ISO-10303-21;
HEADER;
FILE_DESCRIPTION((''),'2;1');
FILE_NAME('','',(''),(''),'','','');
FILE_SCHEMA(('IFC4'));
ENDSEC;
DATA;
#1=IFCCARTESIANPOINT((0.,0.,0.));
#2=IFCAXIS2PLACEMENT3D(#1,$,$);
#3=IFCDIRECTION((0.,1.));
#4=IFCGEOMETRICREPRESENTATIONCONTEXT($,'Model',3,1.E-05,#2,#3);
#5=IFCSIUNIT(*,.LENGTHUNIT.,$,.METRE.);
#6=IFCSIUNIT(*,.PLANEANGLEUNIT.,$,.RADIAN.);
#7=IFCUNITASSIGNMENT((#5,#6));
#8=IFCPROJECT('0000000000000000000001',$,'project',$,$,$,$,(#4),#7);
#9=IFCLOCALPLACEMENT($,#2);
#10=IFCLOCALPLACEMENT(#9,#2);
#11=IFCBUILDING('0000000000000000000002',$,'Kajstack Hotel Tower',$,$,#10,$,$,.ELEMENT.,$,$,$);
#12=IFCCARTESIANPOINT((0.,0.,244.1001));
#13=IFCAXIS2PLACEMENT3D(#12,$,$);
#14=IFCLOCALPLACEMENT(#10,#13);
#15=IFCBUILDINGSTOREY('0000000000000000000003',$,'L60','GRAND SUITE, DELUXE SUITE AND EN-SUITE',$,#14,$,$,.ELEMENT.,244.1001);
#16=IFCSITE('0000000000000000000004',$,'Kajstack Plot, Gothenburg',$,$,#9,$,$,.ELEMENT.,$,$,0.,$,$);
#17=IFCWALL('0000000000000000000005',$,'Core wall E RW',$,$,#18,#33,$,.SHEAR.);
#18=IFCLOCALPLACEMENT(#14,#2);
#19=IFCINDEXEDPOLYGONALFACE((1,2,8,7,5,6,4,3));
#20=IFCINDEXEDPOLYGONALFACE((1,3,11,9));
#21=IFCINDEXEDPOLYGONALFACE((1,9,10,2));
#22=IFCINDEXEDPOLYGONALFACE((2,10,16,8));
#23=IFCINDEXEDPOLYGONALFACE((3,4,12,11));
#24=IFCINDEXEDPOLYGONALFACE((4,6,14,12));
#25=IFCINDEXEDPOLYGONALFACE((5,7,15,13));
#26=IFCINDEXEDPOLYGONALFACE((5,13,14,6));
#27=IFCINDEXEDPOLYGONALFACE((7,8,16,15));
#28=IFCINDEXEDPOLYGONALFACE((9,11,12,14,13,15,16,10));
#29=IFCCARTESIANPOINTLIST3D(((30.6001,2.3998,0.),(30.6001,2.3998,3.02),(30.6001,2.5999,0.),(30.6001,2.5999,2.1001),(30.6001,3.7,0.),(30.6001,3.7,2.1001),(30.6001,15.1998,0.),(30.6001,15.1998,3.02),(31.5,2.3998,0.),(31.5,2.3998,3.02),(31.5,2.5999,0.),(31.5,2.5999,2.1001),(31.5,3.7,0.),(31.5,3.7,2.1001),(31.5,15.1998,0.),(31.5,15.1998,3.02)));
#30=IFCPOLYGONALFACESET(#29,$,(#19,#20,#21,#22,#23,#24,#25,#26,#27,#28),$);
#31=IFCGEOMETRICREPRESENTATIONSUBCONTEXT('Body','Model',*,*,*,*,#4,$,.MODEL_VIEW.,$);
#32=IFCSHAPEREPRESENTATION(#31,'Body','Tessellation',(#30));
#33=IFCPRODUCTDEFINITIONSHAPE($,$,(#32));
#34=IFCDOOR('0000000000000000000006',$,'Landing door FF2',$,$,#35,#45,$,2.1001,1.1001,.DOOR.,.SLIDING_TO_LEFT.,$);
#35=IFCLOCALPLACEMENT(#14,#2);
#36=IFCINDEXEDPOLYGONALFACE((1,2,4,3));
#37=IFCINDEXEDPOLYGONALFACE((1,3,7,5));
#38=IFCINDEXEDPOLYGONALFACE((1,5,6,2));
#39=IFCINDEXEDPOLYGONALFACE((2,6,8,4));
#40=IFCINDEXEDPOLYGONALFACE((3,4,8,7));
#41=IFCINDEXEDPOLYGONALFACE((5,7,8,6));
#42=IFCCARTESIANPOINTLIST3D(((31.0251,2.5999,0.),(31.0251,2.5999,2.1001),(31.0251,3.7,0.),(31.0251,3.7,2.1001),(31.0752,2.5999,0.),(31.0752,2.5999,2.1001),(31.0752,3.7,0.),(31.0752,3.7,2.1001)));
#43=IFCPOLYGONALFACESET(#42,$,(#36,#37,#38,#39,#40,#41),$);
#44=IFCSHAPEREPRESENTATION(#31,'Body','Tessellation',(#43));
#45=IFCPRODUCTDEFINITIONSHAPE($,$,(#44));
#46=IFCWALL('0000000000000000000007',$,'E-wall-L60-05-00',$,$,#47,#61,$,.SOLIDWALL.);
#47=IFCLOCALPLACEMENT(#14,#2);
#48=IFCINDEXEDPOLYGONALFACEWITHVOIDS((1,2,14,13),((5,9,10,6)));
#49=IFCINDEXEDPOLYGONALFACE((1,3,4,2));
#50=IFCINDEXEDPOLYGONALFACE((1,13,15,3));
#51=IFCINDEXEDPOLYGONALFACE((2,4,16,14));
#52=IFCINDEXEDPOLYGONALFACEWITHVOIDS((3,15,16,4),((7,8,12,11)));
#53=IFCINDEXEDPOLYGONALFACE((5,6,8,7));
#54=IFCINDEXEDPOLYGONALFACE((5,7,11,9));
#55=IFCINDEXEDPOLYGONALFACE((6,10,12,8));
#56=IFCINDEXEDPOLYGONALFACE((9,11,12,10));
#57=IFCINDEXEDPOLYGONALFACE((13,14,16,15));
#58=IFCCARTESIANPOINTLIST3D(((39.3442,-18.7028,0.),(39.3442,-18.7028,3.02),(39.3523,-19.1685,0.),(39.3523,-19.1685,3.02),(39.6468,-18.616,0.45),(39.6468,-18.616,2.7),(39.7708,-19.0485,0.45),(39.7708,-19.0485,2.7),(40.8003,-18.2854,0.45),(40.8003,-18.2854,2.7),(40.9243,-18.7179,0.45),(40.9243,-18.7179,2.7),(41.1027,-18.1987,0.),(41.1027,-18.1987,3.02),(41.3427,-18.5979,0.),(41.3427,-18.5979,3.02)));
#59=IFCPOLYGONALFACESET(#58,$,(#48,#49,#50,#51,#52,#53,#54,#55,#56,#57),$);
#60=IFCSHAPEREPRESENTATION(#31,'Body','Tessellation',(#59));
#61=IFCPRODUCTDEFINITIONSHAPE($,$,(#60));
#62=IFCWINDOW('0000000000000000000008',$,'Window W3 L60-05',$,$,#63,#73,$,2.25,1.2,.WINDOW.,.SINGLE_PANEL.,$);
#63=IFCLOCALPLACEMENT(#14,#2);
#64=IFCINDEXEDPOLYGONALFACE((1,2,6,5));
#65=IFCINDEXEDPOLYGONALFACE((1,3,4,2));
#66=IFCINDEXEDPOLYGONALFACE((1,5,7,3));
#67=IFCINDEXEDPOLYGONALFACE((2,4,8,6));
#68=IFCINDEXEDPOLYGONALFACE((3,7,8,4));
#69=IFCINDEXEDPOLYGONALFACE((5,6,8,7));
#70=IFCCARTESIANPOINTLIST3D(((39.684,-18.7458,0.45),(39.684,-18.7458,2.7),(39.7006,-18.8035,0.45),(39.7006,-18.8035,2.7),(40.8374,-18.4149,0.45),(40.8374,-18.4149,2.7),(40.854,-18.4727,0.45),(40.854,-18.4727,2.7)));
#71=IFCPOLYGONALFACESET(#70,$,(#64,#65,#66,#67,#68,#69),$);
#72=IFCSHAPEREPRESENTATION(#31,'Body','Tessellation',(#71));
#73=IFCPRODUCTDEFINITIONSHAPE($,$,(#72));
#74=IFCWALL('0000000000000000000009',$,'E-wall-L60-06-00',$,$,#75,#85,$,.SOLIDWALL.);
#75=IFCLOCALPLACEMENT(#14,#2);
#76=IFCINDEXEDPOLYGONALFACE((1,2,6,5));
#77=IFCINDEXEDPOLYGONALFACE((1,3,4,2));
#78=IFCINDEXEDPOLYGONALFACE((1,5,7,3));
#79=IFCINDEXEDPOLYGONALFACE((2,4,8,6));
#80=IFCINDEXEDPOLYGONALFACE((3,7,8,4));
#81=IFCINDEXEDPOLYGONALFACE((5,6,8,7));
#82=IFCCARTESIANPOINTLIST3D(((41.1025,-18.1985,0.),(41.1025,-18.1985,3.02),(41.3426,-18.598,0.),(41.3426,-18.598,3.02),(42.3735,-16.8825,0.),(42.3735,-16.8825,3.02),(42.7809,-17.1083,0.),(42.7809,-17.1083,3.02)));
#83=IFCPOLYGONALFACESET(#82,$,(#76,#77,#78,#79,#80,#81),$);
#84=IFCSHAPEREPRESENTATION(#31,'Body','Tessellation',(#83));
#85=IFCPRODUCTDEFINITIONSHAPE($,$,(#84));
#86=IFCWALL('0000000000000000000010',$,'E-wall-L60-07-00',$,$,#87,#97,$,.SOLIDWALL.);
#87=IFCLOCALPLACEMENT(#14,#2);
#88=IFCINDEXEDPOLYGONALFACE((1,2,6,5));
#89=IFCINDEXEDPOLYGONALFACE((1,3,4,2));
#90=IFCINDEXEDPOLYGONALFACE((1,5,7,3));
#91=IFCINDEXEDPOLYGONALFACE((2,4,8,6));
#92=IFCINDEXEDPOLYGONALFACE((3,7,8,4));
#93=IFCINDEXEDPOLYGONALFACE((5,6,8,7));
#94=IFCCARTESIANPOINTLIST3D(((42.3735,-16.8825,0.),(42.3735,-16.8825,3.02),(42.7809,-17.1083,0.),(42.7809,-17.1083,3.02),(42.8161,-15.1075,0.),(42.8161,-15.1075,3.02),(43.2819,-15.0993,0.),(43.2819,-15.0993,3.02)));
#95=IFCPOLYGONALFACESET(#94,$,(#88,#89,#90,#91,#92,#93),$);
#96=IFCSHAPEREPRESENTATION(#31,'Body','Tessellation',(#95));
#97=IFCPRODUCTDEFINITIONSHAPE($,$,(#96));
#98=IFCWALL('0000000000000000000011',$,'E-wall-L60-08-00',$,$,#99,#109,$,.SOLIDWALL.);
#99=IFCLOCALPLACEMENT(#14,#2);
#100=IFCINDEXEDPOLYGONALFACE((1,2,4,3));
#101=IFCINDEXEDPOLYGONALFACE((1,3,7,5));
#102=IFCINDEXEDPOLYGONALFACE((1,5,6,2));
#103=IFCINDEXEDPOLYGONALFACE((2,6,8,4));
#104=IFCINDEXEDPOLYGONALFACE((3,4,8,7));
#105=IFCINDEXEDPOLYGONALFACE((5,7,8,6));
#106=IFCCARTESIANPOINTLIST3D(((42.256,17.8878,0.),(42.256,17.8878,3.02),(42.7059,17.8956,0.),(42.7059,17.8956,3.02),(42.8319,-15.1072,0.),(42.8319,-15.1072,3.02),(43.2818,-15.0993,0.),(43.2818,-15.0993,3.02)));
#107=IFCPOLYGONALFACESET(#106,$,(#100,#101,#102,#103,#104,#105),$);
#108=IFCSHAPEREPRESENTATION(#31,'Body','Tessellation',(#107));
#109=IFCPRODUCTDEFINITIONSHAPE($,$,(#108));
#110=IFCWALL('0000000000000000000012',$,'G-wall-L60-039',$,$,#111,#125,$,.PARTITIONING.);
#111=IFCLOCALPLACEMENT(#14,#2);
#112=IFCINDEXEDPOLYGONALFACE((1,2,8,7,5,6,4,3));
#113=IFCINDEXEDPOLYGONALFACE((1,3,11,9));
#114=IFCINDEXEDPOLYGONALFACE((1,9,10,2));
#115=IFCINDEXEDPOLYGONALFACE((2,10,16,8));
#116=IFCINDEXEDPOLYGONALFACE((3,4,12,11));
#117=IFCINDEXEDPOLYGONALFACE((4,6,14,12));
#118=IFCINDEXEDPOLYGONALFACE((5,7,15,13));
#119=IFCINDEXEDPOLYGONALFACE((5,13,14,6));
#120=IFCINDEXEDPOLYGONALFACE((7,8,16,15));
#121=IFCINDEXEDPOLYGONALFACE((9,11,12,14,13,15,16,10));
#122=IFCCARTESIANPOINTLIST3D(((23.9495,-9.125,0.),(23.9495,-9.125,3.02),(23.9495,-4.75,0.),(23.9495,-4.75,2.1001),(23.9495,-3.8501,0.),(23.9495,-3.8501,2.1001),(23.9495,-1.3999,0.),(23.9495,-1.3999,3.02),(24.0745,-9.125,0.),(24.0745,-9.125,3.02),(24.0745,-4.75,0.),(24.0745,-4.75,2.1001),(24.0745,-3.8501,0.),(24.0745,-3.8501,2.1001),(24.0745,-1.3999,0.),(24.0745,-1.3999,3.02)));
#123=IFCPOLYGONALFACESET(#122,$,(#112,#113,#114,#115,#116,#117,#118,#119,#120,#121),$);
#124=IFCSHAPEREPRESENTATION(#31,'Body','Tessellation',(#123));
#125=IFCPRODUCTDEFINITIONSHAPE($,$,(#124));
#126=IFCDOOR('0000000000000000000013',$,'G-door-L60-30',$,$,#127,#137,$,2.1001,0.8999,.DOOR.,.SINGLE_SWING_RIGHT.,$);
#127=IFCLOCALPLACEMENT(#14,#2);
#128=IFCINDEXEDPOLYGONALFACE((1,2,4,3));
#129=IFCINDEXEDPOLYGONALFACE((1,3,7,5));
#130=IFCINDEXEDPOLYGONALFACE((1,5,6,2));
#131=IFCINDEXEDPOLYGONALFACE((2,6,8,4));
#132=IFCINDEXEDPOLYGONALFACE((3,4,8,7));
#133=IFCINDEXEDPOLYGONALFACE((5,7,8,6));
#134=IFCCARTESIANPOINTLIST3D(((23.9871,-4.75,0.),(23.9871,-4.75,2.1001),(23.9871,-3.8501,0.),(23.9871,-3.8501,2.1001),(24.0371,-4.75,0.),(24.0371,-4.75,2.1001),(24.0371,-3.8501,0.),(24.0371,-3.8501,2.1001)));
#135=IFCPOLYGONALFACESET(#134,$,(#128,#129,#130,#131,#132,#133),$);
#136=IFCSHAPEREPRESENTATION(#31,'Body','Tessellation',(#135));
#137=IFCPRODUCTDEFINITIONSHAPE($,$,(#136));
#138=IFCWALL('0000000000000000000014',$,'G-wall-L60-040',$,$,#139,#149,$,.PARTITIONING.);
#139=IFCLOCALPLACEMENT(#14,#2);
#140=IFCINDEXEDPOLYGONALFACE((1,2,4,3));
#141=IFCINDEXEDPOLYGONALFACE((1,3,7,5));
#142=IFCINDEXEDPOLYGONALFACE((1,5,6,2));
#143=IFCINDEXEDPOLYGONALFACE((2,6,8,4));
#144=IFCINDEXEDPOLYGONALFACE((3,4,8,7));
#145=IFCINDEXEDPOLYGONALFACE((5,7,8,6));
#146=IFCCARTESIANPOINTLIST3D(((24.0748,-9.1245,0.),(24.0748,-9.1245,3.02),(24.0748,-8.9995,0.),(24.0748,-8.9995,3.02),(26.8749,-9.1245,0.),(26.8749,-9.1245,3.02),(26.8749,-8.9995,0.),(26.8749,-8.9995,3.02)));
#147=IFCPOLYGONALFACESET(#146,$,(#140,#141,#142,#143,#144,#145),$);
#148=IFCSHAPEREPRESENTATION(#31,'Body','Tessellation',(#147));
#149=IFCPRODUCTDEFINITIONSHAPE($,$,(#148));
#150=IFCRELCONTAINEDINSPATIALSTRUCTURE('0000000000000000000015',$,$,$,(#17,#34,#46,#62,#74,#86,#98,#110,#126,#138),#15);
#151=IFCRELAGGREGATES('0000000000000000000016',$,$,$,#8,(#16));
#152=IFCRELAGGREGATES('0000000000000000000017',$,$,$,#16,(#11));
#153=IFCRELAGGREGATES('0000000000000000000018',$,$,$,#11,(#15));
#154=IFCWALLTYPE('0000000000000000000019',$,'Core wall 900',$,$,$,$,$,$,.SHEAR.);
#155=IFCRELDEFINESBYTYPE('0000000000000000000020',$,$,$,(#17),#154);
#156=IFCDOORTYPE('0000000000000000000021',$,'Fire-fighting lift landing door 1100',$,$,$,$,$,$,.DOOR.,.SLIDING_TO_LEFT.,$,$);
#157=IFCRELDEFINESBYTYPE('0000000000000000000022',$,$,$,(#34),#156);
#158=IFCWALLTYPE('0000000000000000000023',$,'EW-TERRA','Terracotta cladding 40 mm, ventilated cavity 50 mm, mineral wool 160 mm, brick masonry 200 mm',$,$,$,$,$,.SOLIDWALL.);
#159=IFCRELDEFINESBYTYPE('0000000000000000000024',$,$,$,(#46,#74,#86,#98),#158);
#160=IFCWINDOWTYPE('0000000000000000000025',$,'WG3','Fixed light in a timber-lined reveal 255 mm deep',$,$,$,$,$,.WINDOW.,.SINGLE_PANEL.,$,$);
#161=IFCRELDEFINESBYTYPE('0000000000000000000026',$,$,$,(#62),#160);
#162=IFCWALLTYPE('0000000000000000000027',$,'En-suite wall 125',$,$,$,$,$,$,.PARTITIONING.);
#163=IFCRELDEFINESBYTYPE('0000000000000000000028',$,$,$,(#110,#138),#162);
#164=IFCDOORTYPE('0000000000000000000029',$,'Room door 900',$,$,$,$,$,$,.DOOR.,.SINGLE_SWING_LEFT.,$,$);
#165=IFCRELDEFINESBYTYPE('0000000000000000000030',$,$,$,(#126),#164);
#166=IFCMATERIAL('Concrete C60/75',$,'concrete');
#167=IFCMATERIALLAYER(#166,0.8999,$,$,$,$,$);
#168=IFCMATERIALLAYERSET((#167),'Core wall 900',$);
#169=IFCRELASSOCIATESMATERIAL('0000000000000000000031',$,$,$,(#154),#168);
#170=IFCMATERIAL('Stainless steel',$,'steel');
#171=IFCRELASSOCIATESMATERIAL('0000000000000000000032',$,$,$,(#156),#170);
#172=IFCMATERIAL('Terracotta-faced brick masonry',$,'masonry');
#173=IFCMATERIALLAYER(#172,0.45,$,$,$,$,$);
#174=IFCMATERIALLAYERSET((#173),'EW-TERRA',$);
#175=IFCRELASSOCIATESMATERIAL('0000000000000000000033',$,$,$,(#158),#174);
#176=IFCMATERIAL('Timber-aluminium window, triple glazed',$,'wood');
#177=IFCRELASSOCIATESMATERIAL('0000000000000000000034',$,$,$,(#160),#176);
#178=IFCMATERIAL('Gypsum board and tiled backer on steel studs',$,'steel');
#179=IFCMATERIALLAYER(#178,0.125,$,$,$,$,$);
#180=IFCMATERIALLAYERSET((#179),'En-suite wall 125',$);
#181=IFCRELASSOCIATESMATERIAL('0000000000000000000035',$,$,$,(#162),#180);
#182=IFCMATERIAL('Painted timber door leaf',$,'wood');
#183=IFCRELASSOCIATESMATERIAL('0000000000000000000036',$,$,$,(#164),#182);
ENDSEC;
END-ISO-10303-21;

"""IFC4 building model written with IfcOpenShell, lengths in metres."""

from ifc_helpers import new_model, si_unit, direction, frame, frame_2d, origin, place, context, subcontext, project, spatial, polyline, rectangle, outline, extrude, material, layer, layer_set, type_object, element, fill, save


model = new_model("IFC4")

# Units and contexts
model_context = context("Model", 3, precision=1e-05, world=origin(), true_north=direction((0.0, 1.0)))
body_context = subcontext(model_context, "Body", "Model", "MODEL_VIEW")
ifc_project = project(units=[si_unit("LENGTHUNIT", "METRE"), si_unit("PLANEANGLEUNIT", "RADIAN")], contexts=[model_context])

# Site, building, storey
site_placement = place(None, origin())
site = spatial("IfcSite", under=ifc_project, at=site_placement, Name="Kajstack Plot, Gothenburg", CompositionType="ELEMENT", RefElevation=0.0)
building_placement = place(site_placement, origin())
building = spatial("IfcBuilding", under=site, at=building_placement, Name="Kajstack Hotel Tower", CompositionType="ELEMENT")
storey_placement = place(building_placement, frame((0.0, 0.0, 244.1001)))
storey = spatial("IfcBuildingStorey", under=building, at=storey_placement, Name="L60", Description="GRAND SUITE, DELUXE SUITE AND EN-SUITE", CompositionType="ELEMENT", Elevation=244.1001)

# Wall, opening, door
ifc_material_1 = material(Name="Concrete C60/75", Category="concrete")
ifc_layer_1 = layer(ifc_material_1, 0.8999)
ifc_layer_set_1 = layer_set([ifc_layer_1], Name="Core wall 900")
wall_type_1 = type_object("IfcWallType", Name="Core wall 900", PredefinedType="SHEAR", material=ifc_layer_set_1)
wall_1_placement = place(storey_placement, frame((31.05, 2.3999, 0.0), z_axis=(0.0, 0.0, 1.0), x_axis=(0.0, 1.0, 0.0)))
wall_1 = element("IfcWall", 1, at=wall_1_placement, inside=storey, type_object=wall_type_1, Name="Core wall E RW", PredefinedType="SHEAR", context=body_context, shape_type="SweptSolid", body=[
    extrude(rectangle(XDim=12.8, YDim=0.8999, at=frame_2d((6.3999, 0.0))), origin(), (0.0, 0.0, 1.0), 3.02),
])
opening_1_placement = place(wall_1_placement, frame((0.2, 0.0, 0.0)))
opening_1 = element("IfcOpeningElement", 2, at=opening_1_placement, cuts=wall_1, PredefinedType="OPENING", context=body_context, shape_type="SweptSolid", body=[
    extrude(rectangle(XDim=1.1001, YDim=2.1001, at=frame_2d((0.55, 1.05))), frame((0.0, 0.46, 0.0), z_axis=(0.0, -1.0, 0.0), x_axis=(1.0, 0.0, 0.0)), (0.0, 0.0, 1.0), 0.9199),
])
ifc_material_2 = material(Name="Stainless steel", Category="steel")
door_type_1 = type_object("IfcDoorType", Name="Fire-fighting lift landing door 1100", OperationType="SLIDING_TO_LEFT", PredefinedType="DOOR", material=ifc_material_2)
door_1_placement = place(opening_1_placement, origin())
door_1 = element("IfcDoor", 3, at=door_1_placement, inside=storey, type_object=door_type_1, Name="Landing door FF2", OperationType="SLIDING_TO_LEFT", OverallHeight=2.1001, OverallWidth=1.1001, PredefinedType="DOOR", context=body_context, shape_type="SweptSolid", body=[
    extrude(rectangle(XDim=1.1001, YDim=2.1001, at=frame_2d((0.55, 1.05))), frame((0.0, 0.0249, 0.0), z_axis=(0.0, -1.0, 0.0), x_axis=(1.0, 0.0, 0.0)), (0.0, 0.0, 1.0), 0.05),
])
fill(opening_1, door_1)

# Wall, opening, window
ifc_material_3 = material(Name="Terracotta-faced brick masonry", Category="masonry")
ifc_layer_2 = layer(ifc_material_3, 0.45)
ifc_layer_set_2 = layer_set([ifc_layer_2], Name="EW-TERRA")
wall_type_2 = type_object("IfcWallType", Name="EW-TERRA", Description="Terracotta cladding 40 mm, ventilated cavity 50 mm, mineral wool 160 mm, brick masonry 200 mm", PredefinedType="SOLIDWALL", material=ifc_layer_set_2)
wall_2_placement = place(storey_placement, frame((39.2903, -18.9524, 0.0), z_axis=(0.0, 0.0, 1.0), x_axis=(0.961248, 0.275687, 0.0)))
wall_2 = element("IfcWall", 4, at=wall_2_placement, inside=storey, type_object=wall_type_2, Name="E-wall-L60-05-00", PredefinedType="SOLIDWALL", context=body_context, shape_type="SweptSolid", body=[
    extrude(outline(polyline([(0.0, -0.2249), (2.0706, -0.2251), (1.95, 0.2249), (0.1206, 0.2251), (0.0, -0.2249)])), origin(), (0.0, 0.0, 1.0), 3.02),
])
opening_2_placement = place(wall_2_placement, frame((0.4353, 0.0, 0.45)))
opening_2 = element("IfcOpeningElement", 5, at=opening_2_placement, cuts=wall_2, PredefinedType="OPENING", context=body_context, shape_type="SweptSolid", body=[
    extrude(rectangle(XDim=1.2, YDim=2.25, at=frame_2d((0.6001, 1.125))), frame((0.0, 0.2349, 0.0), z_axis=(0.0, -1.0, 0.0), x_axis=(1.0, 0.0, 0.0)), (0.0, 0.0, 1.0), 0.47),
])
ifc_material_4 = material(Name="Timber-aluminium window, triple glazed", Category="wood")
window_type = type_object("IfcWindowType", Name="WG3", Description="Fixed light in a timber-lined reveal 255 mm deep", PartitioningType="SINGLE_PANEL", PredefinedType="WINDOW", material=ifc_material_4)
window_placement = place(opening_2_placement, origin())
window = element("IfcWindow", 6, at=window_placement, inside=storey, type_object=window_type, Name="Window W3 L60-05", OverallHeight=2.25, OverallWidth=1.2, PartitioningType="SINGLE_PANEL", PredefinedType="WINDOW", context=body_context, shape_type="SweptSolid", body=[
    extrude(rectangle(XDim=1.2, YDim=2.25, at=frame_2d((0.6001, 1.125))), frame((0.0, 0.0901, 0.0), z_axis=(0.0, -1.0, 0.0), x_axis=(1.0, 0.0, 0.0)), (0.0, 0.0, 1.0), 0.0601),
])
fill(opening_2, window)

# Walls
wall_3_placement = place(storey_placement, frame((41.1807, -18.4417, 0.0), z_axis=(0.0, 0.0, 1.0), x_axis=(0.694679, 0.71932, 0.0)))
element("IfcWall", 7, at=wall_3_placement, inside=storey, type_object=wall_type_2, Name="E-wall-L60-06-00", PredefinedType="SOLIDWALL", context=body_context, shape_type="SweptSolid", body=[
    extrude(outline(polyline([(0.0, -0.2251), (2.0708, -0.2249), (1.9502, 0.2251), (0.1206, 0.2251), (0.0, -0.2251)])), origin(), (0.0, 0.0, 1.0), 3.02),
])
wall_4_placement = place(storey_placement, frame((42.5627, -17.054, 0.0), z_axis=(0.0, 0.0, 1.0), x_axis=(0.241842, 0.970316, 0.0)))
element("IfcWall", 8, at=wall_4_placement, inside=storey, type_object=wall_type_2, Name="E-wall-L60-07-00", PredefinedType="SOLIDWALL", context=body_context, shape_type="SweptSolid", body=[
    extrude(outline(polyline([(0.0, -0.2249), (2.0706, -0.2251), (1.95, 0.2249), (0.1206, 0.2251), (0.0, -0.2249)])), origin(), (0.0, 0.0, 1.0), 3.02),
])
wall_5_placement = place(storey_placement, frame((43.0569, -15.1033, 0.0), z_axis=(0.0, 0.0, 1.0), x_axis=(-0.017452, 0.999848, 0.0)))
element("IfcWall", 9, at=wall_5_placement, inside=storey, type_object=wall_type_2, Name="E-wall-L60-08-00", PredefinedType="SOLIDWALL", context=body_context, shape_type="SweptSolid", body=[
    extrude(rectangle(XDim=33.0, YDim=0.45, at=frame_2d((16.5, 0.0))), origin(), (0.0, 0.0, 1.0), 3.02),
])

# Wall, opening, door
ifc_material_5 = material(Name="Gypsum board and tiled backer on steel studs", Category="steel")
ifc_layer_3 = layer(ifc_material_5, 0.125)
ifc_layer_set_3 = layer_set([ifc_layer_3], Name="En-suite wall 125")
wall_type_3 = type_object("IfcWallType", Name="En-suite wall 125", PredefinedType="PARTITIONING", material=ifc_layer_set_3)
wall_6_placement = place(storey_placement, frame((24.012, -9.125, 0.0), z_axis=(0.0, 0.0, 1.0), x_axis=(0.0, 1.0, 0.0)))
wall_6 = element("IfcWall", 10, at=wall_6_placement, inside=storey, type_object=wall_type_3, Name="G-wall-L60-039", PredefinedType="PARTITIONING", context=body_context, shape_type="SweptSolid", body=[
    extrude(rectangle(XDim=7.7251, YDim=0.125, at=frame_2d((3.8625, 0.0))), origin(), (0.0, 0.0, 1.0), 3.02),
])
opening_3_placement = place(wall_6_placement, frame((4.375, 0.0, 0.0)))
opening_3 = element("IfcOpeningElement", 11, at=opening_3_placement, cuts=wall_6, PredefinedType="OPENING", context=body_context, shape_type="SweptSolid", body=[
    extrude(rectangle(XDim=0.8999, YDim=2.1001, at=frame_2d((0.45, 1.05))), frame((0.0, 0.0725, 0.0), z_axis=(0.0, -1.0, 0.0), x_axis=(1.0, 0.0, 0.0)), (0.0, 0.0, 1.0), 0.145),
])
ifc_material_6 = material(Name="Painted timber door leaf", Category="wood")
door_type_2 = type_object("IfcDoorType", Name="Room door 900", OperationType="SINGLE_SWING_LEFT", PredefinedType="DOOR", material=ifc_material_6)
door_2_placement = place(opening_3_placement, origin())
door_2 = element("IfcDoor", 12, at=door_2_placement, inside=storey, type_object=door_type_2, Name="G-door-L60-30", OperationType="SINGLE_SWING_RIGHT", OverallHeight=2.1001, OverallWidth=0.8999, PredefinedType="DOOR", context=body_context, shape_type="SweptSolid", body=[
    extrude(rectangle(XDim=0.8999, YDim=2.1001, at=frame_2d((0.45, 1.05))), frame((0.0, 0.0249, 0.0), z_axis=(0.0, -1.0, 0.0), x_axis=(1.0, 0.0, 0.0)), (0.0, 0.0, 1.0), 0.05),
])
fill(opening_3, door_2)

# Wall
wall_7_placement = place(storey_placement, frame((24.075, -9.062, 0.0), z_axis=(0.0, 0.0, 1.0), x_axis=(1.0, 0.0, 0.0)))
element("IfcWall", 13, at=wall_7_placement, inside=storey, type_object=wall_type_3, Name="G-wall-L60-040", PredefinedType="PARTITIONING", context=body_context, shape_type="SweptSolid", body=[
    extrude(rectangle(XDim=2.8, YDim=0.125, at=frame_2d((1.3999, 0.0))), origin(), (0.0, 0.0, 1.0), 3.02),
])

save(model, "model.ifc")
